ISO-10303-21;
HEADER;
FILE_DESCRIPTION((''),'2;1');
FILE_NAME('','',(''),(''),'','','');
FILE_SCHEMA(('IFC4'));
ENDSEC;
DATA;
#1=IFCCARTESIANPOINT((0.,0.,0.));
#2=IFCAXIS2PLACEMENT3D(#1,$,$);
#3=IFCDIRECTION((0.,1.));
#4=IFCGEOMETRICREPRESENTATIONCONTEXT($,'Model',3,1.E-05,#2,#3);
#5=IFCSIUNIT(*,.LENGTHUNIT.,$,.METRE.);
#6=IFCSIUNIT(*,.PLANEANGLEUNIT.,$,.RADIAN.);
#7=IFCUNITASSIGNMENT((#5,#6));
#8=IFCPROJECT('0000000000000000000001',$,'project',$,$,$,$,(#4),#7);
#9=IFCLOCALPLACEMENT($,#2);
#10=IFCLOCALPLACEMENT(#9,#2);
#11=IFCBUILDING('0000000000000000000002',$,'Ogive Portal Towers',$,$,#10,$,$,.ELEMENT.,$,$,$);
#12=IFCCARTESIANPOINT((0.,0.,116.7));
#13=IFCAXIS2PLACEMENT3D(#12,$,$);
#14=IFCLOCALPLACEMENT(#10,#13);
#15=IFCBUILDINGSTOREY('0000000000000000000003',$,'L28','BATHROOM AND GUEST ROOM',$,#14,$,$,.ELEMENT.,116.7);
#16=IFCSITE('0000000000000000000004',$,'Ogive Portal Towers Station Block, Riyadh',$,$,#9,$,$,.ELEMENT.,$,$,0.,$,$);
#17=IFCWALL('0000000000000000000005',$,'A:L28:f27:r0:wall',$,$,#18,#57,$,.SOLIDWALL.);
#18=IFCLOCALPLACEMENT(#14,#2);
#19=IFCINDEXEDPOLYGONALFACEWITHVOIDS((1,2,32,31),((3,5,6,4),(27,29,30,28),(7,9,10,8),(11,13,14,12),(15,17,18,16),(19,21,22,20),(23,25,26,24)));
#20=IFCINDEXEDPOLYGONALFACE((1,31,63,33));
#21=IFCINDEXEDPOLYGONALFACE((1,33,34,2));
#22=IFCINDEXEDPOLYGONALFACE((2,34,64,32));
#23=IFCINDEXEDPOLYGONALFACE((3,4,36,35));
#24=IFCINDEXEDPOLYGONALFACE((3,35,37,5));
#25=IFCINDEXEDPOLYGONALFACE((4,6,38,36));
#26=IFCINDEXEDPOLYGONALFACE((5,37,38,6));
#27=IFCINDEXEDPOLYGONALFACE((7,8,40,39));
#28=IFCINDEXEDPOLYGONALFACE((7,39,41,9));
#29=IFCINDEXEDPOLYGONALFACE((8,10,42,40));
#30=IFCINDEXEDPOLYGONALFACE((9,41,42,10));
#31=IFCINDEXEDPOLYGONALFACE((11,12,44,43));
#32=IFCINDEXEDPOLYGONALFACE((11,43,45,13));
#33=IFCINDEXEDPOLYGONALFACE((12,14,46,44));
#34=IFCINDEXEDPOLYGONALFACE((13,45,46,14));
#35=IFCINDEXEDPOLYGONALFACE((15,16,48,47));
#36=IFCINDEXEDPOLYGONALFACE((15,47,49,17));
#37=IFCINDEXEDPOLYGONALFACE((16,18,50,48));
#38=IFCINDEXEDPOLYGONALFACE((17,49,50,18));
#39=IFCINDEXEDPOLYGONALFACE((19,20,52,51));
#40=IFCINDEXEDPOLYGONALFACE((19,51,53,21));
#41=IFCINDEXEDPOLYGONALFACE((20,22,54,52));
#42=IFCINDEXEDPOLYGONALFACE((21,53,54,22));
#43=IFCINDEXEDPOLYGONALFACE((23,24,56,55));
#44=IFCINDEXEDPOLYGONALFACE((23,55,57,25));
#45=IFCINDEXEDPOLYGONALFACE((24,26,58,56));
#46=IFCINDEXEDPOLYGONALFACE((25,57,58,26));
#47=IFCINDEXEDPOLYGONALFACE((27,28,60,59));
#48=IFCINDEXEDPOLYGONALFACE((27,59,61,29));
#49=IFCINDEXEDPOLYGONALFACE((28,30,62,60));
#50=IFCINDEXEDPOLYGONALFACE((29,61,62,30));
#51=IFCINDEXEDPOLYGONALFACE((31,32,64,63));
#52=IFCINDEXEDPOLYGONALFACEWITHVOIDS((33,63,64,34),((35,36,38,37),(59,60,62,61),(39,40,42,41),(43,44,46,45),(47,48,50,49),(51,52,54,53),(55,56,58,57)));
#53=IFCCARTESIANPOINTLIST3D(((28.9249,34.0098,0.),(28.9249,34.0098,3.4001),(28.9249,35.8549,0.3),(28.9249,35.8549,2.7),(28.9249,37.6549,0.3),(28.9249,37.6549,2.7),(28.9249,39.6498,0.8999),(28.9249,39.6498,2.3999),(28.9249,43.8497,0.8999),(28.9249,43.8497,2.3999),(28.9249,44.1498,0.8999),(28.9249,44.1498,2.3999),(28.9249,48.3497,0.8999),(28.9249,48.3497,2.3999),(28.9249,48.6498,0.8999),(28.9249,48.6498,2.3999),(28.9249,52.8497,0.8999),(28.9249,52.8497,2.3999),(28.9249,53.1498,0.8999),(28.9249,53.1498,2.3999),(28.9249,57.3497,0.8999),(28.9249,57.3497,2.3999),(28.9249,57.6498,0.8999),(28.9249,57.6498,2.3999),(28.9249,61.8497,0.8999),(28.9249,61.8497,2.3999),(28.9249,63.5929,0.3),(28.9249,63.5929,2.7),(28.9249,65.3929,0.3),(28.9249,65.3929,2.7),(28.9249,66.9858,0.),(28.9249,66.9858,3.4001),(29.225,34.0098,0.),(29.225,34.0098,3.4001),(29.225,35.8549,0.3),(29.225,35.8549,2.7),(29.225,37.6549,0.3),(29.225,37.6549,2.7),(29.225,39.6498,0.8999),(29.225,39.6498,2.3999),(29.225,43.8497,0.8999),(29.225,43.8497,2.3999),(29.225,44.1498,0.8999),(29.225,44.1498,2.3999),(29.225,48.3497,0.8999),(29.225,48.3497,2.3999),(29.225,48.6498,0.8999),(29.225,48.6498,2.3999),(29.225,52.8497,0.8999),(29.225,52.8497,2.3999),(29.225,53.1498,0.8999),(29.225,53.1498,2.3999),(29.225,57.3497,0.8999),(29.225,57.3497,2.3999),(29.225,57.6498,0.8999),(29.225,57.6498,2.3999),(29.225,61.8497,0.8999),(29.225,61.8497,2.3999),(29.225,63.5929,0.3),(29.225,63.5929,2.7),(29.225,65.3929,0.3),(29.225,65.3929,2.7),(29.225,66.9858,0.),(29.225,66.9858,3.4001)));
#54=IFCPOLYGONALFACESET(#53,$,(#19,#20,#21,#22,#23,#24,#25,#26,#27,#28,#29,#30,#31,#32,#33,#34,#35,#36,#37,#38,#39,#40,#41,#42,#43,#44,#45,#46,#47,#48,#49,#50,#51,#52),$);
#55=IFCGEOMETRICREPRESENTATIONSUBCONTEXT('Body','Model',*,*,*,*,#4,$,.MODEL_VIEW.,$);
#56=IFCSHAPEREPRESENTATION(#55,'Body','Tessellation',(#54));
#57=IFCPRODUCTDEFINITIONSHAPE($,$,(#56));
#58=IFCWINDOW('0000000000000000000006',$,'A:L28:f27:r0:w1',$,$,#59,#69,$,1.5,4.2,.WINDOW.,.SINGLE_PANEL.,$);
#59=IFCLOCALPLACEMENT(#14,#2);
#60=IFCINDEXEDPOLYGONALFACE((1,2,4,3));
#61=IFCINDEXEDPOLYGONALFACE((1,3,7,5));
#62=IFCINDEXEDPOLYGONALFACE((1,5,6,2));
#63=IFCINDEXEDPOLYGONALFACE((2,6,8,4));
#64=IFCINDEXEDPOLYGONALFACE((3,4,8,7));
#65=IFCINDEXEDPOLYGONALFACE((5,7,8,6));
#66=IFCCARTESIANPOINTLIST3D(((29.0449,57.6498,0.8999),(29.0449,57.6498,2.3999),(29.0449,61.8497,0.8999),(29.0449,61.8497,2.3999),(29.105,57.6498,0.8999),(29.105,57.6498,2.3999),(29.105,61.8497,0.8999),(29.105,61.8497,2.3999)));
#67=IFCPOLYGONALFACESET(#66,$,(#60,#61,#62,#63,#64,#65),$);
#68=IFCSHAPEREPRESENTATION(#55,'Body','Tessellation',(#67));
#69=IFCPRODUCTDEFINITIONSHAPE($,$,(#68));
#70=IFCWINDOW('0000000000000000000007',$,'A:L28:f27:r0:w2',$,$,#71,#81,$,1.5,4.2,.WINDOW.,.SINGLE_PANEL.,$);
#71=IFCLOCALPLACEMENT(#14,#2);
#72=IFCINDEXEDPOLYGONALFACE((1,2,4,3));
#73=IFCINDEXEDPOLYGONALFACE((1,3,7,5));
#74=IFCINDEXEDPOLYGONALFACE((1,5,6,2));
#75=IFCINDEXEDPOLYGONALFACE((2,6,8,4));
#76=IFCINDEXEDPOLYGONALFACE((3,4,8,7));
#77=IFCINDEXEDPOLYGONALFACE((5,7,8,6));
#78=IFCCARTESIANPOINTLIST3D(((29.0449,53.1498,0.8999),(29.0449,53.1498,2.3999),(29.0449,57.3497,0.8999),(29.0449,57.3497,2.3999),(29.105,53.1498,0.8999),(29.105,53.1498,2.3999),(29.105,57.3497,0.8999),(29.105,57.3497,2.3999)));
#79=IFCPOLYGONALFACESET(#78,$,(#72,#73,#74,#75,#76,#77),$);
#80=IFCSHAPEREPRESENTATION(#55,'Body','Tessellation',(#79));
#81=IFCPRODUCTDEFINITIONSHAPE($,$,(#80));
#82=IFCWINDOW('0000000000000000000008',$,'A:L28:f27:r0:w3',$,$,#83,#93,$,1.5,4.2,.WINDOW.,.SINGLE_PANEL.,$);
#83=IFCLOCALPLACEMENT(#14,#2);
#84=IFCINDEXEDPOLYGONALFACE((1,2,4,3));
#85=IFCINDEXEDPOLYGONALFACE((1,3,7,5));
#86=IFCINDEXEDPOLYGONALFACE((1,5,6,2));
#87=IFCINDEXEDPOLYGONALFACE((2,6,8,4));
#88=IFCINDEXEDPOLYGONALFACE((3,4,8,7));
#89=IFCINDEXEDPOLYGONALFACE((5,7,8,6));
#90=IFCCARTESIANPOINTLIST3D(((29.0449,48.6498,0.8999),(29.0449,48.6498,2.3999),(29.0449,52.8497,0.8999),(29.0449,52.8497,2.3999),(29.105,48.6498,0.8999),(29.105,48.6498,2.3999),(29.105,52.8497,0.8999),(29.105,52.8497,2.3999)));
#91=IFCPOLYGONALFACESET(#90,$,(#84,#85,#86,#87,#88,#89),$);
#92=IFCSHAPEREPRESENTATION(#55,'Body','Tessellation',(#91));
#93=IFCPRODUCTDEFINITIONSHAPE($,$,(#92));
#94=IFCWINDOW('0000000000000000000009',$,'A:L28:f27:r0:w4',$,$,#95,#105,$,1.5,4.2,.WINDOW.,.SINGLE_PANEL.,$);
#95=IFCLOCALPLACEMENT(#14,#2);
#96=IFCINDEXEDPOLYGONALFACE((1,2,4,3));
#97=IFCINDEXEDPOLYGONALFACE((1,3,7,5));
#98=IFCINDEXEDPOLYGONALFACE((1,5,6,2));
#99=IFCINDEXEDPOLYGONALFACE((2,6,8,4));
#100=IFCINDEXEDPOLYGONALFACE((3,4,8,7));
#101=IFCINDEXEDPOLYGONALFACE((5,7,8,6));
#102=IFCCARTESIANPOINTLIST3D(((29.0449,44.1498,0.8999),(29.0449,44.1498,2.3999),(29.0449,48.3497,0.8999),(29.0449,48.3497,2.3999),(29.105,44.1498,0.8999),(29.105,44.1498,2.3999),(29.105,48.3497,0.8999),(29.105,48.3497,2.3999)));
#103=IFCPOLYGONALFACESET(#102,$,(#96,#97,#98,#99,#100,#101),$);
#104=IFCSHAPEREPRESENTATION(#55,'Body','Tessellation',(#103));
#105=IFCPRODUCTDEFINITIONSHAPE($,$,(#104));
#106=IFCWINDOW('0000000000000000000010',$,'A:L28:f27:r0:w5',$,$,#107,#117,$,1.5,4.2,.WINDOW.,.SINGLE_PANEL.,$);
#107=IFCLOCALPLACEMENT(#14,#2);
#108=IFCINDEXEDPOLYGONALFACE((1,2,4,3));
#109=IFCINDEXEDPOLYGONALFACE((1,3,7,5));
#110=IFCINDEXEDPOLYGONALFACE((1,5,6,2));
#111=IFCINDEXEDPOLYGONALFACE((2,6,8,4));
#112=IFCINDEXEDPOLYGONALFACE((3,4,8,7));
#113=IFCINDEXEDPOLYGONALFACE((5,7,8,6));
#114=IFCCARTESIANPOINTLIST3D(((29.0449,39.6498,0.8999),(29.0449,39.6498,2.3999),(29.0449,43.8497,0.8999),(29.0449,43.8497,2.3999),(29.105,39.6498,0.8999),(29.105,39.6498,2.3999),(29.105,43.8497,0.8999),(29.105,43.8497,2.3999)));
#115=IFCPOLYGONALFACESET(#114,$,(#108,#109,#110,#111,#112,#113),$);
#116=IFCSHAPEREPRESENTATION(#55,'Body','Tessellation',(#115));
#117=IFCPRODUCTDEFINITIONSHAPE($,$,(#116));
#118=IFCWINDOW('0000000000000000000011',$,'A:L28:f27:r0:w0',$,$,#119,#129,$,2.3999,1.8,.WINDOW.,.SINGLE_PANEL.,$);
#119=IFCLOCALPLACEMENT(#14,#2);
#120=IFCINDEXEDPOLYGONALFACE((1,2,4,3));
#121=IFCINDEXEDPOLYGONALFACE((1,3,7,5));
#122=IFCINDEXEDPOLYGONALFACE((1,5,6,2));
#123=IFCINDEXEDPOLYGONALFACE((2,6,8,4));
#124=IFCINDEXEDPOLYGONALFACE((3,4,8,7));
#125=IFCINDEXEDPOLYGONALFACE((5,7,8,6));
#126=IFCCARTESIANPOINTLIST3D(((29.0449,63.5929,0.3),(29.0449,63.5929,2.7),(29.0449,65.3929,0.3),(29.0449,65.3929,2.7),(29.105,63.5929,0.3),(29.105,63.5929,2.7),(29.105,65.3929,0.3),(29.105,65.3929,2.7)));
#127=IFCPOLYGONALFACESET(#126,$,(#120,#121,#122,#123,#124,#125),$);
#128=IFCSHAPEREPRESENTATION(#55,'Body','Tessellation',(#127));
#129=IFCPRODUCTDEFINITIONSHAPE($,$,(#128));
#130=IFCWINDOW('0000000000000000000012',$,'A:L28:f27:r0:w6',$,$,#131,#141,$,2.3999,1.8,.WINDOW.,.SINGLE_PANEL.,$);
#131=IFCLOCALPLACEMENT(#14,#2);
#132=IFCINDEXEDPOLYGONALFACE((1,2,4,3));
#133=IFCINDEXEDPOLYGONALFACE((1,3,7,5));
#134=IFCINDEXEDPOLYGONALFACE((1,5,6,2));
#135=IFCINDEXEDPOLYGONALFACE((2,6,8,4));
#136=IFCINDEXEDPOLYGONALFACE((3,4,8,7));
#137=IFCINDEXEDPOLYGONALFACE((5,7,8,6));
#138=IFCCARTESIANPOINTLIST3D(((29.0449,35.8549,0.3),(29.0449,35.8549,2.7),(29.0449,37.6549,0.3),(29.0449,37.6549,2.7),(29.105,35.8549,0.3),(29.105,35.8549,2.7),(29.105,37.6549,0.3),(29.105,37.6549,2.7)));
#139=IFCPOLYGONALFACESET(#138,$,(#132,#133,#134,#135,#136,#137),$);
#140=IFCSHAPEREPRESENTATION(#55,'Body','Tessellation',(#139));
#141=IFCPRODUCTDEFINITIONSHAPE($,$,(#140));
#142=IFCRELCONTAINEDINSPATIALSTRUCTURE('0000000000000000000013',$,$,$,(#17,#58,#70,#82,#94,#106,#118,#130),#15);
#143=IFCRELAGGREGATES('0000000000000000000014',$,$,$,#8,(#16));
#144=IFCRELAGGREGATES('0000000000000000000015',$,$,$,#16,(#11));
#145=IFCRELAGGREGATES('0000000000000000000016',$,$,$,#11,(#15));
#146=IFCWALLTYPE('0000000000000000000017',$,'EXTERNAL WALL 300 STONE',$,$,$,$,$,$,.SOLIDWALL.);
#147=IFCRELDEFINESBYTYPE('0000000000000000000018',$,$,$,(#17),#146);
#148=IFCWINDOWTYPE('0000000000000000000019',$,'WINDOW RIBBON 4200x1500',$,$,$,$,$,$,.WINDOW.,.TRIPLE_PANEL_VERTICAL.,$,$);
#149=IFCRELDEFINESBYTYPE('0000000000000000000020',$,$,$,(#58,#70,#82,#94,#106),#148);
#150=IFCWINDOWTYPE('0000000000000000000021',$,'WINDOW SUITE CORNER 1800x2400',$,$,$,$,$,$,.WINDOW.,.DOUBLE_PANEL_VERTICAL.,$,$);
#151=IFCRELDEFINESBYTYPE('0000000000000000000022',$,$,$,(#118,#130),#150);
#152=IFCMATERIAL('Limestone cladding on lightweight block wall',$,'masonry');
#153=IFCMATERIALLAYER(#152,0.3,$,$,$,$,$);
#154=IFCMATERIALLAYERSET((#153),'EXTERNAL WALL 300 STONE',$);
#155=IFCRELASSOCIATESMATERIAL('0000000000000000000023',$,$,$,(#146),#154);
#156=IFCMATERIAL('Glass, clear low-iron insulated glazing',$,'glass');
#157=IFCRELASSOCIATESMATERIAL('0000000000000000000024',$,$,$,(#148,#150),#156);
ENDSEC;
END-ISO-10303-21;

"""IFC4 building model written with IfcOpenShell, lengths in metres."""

from ifc_helpers import new_model, si_unit, direction, frame, frame_2d, origin, place, context, subcontext, project, spatial, rectangle, extrude, material, layer, layer_set, type_object, element, fill, save


model = new_model("IFC4")

# Units and contexts
model_context = context("Model", 3, precision=1e-05, world=origin(), true_north=direction((0.0, 1.0)))
body_context = subcontext(model_context, "Body", "Model", "MODEL_VIEW")
ifc_project = project(units=[si_unit("LENGTHUNIT", "METRE"), si_unit("PLANEANGLEUNIT", "RADIAN")], contexts=[model_context])

# Site, building, storey
site_placement = place(None, origin())
site = spatial("IfcSite", under=ifc_project, at=site_placement, Name="Ogive Portal Towers Station Block, Riyadh", CompositionType="ELEMENT", RefElevation=0.0)
building_placement = place(site_placement, origin())
building = spatial("IfcBuilding", under=site, at=building_placement, Name="Ogive Portal Towers", CompositionType="ELEMENT")
storey_placement = place(building_placement, frame((0.0, 0.0, 116.7)))
storey = spatial("IfcBuildingStorey", under=building, at=storey_placement, Name="L28", Description="BATHROOM AND GUEST ROOM", CompositionType="ELEMENT", Elevation=116.7)

# Shared definitions
ifc_material_1 = material(Name="Glass, clear low-iron insulated glazing", Category="glass")

# Wall, openings, windows
ifc_material_2 = material(Name="Limestone cladding on lightweight block wall", Category="masonry")
ifc_layer_1 = layer(ifc_material_2, 0.3)
ifc_layer_set_1 = layer_set([ifc_layer_1], Name="EXTERNAL WALL 300 STONE")
wall_type_1 = type_object("IfcWallType", Name="EXTERNAL WALL 300 STONE", PredefinedType="SOLIDWALL", material=ifc_layer_set_1)
wall_1_placement = place(storey_placement, frame((29.075, 66.9858, 0.0), z_axis=(0.0, 0.0, 1.0), x_axis=(0.0, -1.0, 0.0)))
wall_1 = element("IfcWall", 1, at=wall_1_placement, inside=storey, type_object=wall_type_1, Name="A:L28:f27:r0:wall", PredefinedType="SOLIDWALL", context=body_context, shape_type="SweptSolid", body=[
    extrude(rectangle(XDim=32.9761, YDim=0.3, at=frame_2d((16.488, 0.0))), origin(), (0.0, 0.0, 1.0), 3.4001),
])
opening_1_placement = place(wall_1_placement, frame((1.593, 0.0, 0.3)))
opening_1 = element("IfcOpeningElement", 2, at=opening_1_placement, cuts=wall_1, PredefinedType="OPENING", context=body_context, shape_type="SweptSolid", body=[
    extrude(rectangle(XDim=1.8, YDim=2.3999, at=frame_2d((0.8999, 1.2))), frame((0.0, 0.1602, 0.0), z_axis=(0.0, -1.0, 0.0), x_axis=(1.0, 0.0, 0.0)), (0.0, 0.0, 1.0), 0.3201),
])
opening_2_placement = place(wall_1_placement, frame((5.136, 0.0, 0.8999)))
opening_2 = element("IfcOpeningElement", 3, at=opening_2_placement, cuts=wall_1, PredefinedType="OPENING", context=body_context, shape_type="SweptSolid", body=[
    extrude(rectangle(XDim=4.2, YDim=1.5, at=frame_2d((2.1001, 0.75))), frame((0.0, 0.1602, 0.0), z_axis=(0.0, -1.0, 0.0), x_axis=(1.0, 0.0, 0.0)), (0.0, 0.0, 1.0), 0.3201),
])
opening_3_placement = place(wall_1_placement, frame((9.636, 0.0, 0.8999)))
opening_3 = element("IfcOpeningElement", 4, at=opening_3_placement, cuts=wall_1, PredefinedType="OPENING", context=body_context, shape_type="SweptSolid", body=[
    extrude(rectangle(XDim=4.2, YDim=1.5, at=frame_2d((2.1001, 0.75))), frame((0.0, 0.1602, 0.0), z_axis=(0.0, -1.0, 0.0), x_axis=(1.0, 0.0, 0.0)), (0.0, 0.0, 1.0), 0.3201),
])
opening_4_placement = place(wall_1_placement, frame((14.136, 0.0, 0.8999)))
opening_4 = element("IfcOpeningElement", 5, at=opening_4_placement, cuts=wall_1, PredefinedType="OPENING", context=body_context, shape_type="SweptSolid", body=[
    extrude(rectangle(XDim=4.2, YDim=1.5, at=frame_2d((2.1001, 0.75))), frame((0.0, 0.1602, 0.0), z_axis=(0.0, -1.0, 0.0), x_axis=(1.0, 0.0, 0.0)), (0.0, 0.0, 1.0), 0.3201),
])
opening_5_placement = place(wall_1_placement, frame((18.636, 0.0, 0.8999)))
opening_5 = element("IfcOpeningElement", 6, at=opening_5_placement, cuts=wall_1, PredefinedType="OPENING", context=body_context, shape_type="SweptSolid", body=[
    extrude(rectangle(XDim=4.2, YDim=1.5, at=frame_2d((2.1001, 0.75))), frame((0.0, 0.1602, 0.0), z_axis=(0.0, -1.0, 0.0), x_axis=(1.0, 0.0, 0.0)), (0.0, 0.0, 1.0), 0.3201),
])
opening_6_placement = place(wall_1_placement, frame((23.136, 0.0, 0.8999)))
opening_6 = element("IfcOpeningElement", 7, at=opening_6_placement, cuts=wall_1, PredefinedType="OPENING", context=body_context, shape_type="SweptSolid", body=[
    extrude(rectangle(XDim=4.2, YDim=1.5, at=frame_2d((2.1001, 0.75))), frame((0.0, 0.1602, 0.0), z_axis=(0.0, -1.0, 0.0), x_axis=(1.0, 0.0, 0.0)), (0.0, 0.0, 1.0), 0.3201),
])
opening_7_placement = place(wall_1_placement, frame((29.3311, 0.0, 0.3)))
opening_7 = element("IfcOpeningElement", 8, at=opening_7_placement, cuts=wall_1, PredefinedType="OPENING", context=body_context, shape_type="SweptSolid", body=[
    extrude(rectangle(XDim=1.8, YDim=2.3999, at=frame_2d((0.8999, 1.2))), frame((0.0, 0.1602, 0.0), z_axis=(0.0, -1.0, 0.0), x_axis=(1.0, 0.0, 0.0)), (0.0, 0.0, 1.0), 0.3201),
])
window_type_1 = type_object("IfcWindowType", Name="WINDOW RIBBON 4200x1500", PartitioningType="TRIPLE_PANEL_VERTICAL", PredefinedType="WINDOW", material=ifc_material_1)
window_1_placement = place(opening_2_placement, origin())
window_1 = element("IfcWindow", 9, at=window_1_placement, inside=storey, type_object=window_type_1, Name="A:L28:f27:r0:w1", OverallHeight=1.5, OverallWidth=4.2, PartitioningType="SINGLE_PANEL", PredefinedType="WINDOW", context=body_context, shape_type="SweptSolid", body=[
    extrude(rectangle(XDim=4.2, YDim=1.5, at=frame_2d((2.1001, 0.75))), frame((0.0, 0.03, 0.0), z_axis=(0.0, -1.0, 0.0), x_axis=(1.0, 0.0, 0.0)), (0.0, 0.0, 1.0), 0.0601),
])
fill(opening_2, window_1)
window_2_placement = place(opening_3_placement, origin())
window_2 = element("IfcWindow", 10, at=window_2_placement, inside=storey, type_object=window_type_1, Name="A:L28:f27:r0:w2", OverallHeight=1.5, OverallWidth=4.2, PartitioningType="SINGLE_PANEL", PredefinedType="WINDOW", context=body_context, shape_type="SweptSolid", body=[
    extrude(rectangle(XDim=4.2, YDim=1.5, at=frame_2d((2.1001, 0.75))), frame((0.0, 0.03, 0.0), z_axis=(0.0, -1.0, 0.0), x_axis=(1.0, 0.0, 0.0)), (0.0, 0.0, 1.0), 0.0601),
])
fill(opening_3, window_2)
window_3_placement = place(opening_4_placement, origin())
window_3 = element("IfcWindow", 11, at=window_3_placement, inside=storey, type_object=window_type_1, Name="A:L28:f27:r0:w3", OverallHeight=1.5, OverallWidth=4.2, PartitioningType="SINGLE_PANEL", PredefinedType="WINDOW", context=body_context, shape_type="SweptSolid", body=[
    extrude(rectangle(XDim=4.2, YDim=1.5, at=frame_2d((2.1001, 0.75))), frame((0.0, 0.03, 0.0), z_axis=(0.0, -1.0, 0.0), x_axis=(1.0, 0.0, 0.0)), (0.0, 0.0, 1.0), 0.0601),
])
fill(opening_4, window_3)
window_4_placement = place(opening_5_placement, origin())
window_4 = element("IfcWindow", 12, at=window_4_placement, inside=storey, type_object=window_type_1, Name="A:L28:f27:r0:w4", OverallHeight=1.5, OverallWidth=4.2, PartitioningType="SINGLE_PANEL", PredefinedType="WINDOW", context=body_context, shape_type="SweptSolid", body=[
    extrude(rectangle(XDim=4.2, YDim=1.5, at=frame_2d((2.1001, 0.75))), frame((0.0, 0.03, 0.0), z_axis=(0.0, -1.0, 0.0), x_axis=(1.0, 0.0, 0.0)), (0.0, 0.0, 1.0), 0.0601),
])
fill(opening_5, window_4)
window_5_placement = place(opening_6_placement, origin())
window_5 = element("IfcWindow", 13, at=window_5_placement, inside=storey, type_object=window_type_1, Name="A:L28:f27:r0:w5", OverallHeight=1.5, OverallWidth=4.2, PartitioningType="SINGLE_PANEL", PredefinedType="WINDOW", context=body_context, shape_type="SweptSolid", body=[
    extrude(rectangle(XDim=4.2, YDim=1.5, at=frame_2d((2.1001, 0.75))), frame((0.0, 0.03, 0.0), z_axis=(0.0, -1.0, 0.0), x_axis=(1.0, 0.0, 0.0)), (0.0, 0.0, 1.0), 0.0601),
])
fill(opening_6, window_5)
window_type_2 = type_object("IfcWindowType", Name="WINDOW SUITE CORNER 1800x2400", PartitioningType="DOUBLE_PANEL_VERTICAL", PredefinedType="WINDOW", material=ifc_material_1)
window_6_placement = place(opening_1_placement, origin())
window_6 = element("IfcWindow", 14, at=window_6_placement, inside=storey, type_object=window_type_2, Name="A:L28:f27:r0:w0", OverallHeight=2.3999, OverallWidth=1.8, PartitioningType="SINGLE_PANEL", PredefinedType="WINDOW", context=body_context, shape_type="SweptSolid", body=[
    extrude(rectangle(XDim=1.8, YDim=2.3999, at=frame_2d((0.8999, 1.2))), frame((0.0, 0.03, 0.0), z_axis=(0.0, -1.0, 0.0), x_axis=(1.0, 0.0, 0.0)), (0.0, 0.0, 1.0), 0.0601),
])
fill(opening_1, window_6)
window_7_placement = place(opening_7_placement, origin())
window_7 = element("IfcWindow", 15, at=window_7_placement, inside=storey, type_object=window_type_2, Name="A:L28:f27:r0:w6", OverallHeight=2.3999, OverallWidth=1.8, PartitioningType="SINGLE_PANEL", PredefinedType="WINDOW", context=body_context, shape_type="SweptSolid", body=[
    extrude(rectangle(XDim=1.8, YDim=2.3999, at=frame_2d((0.8999, 1.2))), frame((0.0, 0.03, 0.0), z_axis=(0.0, -1.0, 0.0), x_axis=(1.0, 0.0, 0.0)), (0.0, 0.0, 1.0), 0.0601),
])
fill(opening_7, window_7)

save(model, "model.ifc")
